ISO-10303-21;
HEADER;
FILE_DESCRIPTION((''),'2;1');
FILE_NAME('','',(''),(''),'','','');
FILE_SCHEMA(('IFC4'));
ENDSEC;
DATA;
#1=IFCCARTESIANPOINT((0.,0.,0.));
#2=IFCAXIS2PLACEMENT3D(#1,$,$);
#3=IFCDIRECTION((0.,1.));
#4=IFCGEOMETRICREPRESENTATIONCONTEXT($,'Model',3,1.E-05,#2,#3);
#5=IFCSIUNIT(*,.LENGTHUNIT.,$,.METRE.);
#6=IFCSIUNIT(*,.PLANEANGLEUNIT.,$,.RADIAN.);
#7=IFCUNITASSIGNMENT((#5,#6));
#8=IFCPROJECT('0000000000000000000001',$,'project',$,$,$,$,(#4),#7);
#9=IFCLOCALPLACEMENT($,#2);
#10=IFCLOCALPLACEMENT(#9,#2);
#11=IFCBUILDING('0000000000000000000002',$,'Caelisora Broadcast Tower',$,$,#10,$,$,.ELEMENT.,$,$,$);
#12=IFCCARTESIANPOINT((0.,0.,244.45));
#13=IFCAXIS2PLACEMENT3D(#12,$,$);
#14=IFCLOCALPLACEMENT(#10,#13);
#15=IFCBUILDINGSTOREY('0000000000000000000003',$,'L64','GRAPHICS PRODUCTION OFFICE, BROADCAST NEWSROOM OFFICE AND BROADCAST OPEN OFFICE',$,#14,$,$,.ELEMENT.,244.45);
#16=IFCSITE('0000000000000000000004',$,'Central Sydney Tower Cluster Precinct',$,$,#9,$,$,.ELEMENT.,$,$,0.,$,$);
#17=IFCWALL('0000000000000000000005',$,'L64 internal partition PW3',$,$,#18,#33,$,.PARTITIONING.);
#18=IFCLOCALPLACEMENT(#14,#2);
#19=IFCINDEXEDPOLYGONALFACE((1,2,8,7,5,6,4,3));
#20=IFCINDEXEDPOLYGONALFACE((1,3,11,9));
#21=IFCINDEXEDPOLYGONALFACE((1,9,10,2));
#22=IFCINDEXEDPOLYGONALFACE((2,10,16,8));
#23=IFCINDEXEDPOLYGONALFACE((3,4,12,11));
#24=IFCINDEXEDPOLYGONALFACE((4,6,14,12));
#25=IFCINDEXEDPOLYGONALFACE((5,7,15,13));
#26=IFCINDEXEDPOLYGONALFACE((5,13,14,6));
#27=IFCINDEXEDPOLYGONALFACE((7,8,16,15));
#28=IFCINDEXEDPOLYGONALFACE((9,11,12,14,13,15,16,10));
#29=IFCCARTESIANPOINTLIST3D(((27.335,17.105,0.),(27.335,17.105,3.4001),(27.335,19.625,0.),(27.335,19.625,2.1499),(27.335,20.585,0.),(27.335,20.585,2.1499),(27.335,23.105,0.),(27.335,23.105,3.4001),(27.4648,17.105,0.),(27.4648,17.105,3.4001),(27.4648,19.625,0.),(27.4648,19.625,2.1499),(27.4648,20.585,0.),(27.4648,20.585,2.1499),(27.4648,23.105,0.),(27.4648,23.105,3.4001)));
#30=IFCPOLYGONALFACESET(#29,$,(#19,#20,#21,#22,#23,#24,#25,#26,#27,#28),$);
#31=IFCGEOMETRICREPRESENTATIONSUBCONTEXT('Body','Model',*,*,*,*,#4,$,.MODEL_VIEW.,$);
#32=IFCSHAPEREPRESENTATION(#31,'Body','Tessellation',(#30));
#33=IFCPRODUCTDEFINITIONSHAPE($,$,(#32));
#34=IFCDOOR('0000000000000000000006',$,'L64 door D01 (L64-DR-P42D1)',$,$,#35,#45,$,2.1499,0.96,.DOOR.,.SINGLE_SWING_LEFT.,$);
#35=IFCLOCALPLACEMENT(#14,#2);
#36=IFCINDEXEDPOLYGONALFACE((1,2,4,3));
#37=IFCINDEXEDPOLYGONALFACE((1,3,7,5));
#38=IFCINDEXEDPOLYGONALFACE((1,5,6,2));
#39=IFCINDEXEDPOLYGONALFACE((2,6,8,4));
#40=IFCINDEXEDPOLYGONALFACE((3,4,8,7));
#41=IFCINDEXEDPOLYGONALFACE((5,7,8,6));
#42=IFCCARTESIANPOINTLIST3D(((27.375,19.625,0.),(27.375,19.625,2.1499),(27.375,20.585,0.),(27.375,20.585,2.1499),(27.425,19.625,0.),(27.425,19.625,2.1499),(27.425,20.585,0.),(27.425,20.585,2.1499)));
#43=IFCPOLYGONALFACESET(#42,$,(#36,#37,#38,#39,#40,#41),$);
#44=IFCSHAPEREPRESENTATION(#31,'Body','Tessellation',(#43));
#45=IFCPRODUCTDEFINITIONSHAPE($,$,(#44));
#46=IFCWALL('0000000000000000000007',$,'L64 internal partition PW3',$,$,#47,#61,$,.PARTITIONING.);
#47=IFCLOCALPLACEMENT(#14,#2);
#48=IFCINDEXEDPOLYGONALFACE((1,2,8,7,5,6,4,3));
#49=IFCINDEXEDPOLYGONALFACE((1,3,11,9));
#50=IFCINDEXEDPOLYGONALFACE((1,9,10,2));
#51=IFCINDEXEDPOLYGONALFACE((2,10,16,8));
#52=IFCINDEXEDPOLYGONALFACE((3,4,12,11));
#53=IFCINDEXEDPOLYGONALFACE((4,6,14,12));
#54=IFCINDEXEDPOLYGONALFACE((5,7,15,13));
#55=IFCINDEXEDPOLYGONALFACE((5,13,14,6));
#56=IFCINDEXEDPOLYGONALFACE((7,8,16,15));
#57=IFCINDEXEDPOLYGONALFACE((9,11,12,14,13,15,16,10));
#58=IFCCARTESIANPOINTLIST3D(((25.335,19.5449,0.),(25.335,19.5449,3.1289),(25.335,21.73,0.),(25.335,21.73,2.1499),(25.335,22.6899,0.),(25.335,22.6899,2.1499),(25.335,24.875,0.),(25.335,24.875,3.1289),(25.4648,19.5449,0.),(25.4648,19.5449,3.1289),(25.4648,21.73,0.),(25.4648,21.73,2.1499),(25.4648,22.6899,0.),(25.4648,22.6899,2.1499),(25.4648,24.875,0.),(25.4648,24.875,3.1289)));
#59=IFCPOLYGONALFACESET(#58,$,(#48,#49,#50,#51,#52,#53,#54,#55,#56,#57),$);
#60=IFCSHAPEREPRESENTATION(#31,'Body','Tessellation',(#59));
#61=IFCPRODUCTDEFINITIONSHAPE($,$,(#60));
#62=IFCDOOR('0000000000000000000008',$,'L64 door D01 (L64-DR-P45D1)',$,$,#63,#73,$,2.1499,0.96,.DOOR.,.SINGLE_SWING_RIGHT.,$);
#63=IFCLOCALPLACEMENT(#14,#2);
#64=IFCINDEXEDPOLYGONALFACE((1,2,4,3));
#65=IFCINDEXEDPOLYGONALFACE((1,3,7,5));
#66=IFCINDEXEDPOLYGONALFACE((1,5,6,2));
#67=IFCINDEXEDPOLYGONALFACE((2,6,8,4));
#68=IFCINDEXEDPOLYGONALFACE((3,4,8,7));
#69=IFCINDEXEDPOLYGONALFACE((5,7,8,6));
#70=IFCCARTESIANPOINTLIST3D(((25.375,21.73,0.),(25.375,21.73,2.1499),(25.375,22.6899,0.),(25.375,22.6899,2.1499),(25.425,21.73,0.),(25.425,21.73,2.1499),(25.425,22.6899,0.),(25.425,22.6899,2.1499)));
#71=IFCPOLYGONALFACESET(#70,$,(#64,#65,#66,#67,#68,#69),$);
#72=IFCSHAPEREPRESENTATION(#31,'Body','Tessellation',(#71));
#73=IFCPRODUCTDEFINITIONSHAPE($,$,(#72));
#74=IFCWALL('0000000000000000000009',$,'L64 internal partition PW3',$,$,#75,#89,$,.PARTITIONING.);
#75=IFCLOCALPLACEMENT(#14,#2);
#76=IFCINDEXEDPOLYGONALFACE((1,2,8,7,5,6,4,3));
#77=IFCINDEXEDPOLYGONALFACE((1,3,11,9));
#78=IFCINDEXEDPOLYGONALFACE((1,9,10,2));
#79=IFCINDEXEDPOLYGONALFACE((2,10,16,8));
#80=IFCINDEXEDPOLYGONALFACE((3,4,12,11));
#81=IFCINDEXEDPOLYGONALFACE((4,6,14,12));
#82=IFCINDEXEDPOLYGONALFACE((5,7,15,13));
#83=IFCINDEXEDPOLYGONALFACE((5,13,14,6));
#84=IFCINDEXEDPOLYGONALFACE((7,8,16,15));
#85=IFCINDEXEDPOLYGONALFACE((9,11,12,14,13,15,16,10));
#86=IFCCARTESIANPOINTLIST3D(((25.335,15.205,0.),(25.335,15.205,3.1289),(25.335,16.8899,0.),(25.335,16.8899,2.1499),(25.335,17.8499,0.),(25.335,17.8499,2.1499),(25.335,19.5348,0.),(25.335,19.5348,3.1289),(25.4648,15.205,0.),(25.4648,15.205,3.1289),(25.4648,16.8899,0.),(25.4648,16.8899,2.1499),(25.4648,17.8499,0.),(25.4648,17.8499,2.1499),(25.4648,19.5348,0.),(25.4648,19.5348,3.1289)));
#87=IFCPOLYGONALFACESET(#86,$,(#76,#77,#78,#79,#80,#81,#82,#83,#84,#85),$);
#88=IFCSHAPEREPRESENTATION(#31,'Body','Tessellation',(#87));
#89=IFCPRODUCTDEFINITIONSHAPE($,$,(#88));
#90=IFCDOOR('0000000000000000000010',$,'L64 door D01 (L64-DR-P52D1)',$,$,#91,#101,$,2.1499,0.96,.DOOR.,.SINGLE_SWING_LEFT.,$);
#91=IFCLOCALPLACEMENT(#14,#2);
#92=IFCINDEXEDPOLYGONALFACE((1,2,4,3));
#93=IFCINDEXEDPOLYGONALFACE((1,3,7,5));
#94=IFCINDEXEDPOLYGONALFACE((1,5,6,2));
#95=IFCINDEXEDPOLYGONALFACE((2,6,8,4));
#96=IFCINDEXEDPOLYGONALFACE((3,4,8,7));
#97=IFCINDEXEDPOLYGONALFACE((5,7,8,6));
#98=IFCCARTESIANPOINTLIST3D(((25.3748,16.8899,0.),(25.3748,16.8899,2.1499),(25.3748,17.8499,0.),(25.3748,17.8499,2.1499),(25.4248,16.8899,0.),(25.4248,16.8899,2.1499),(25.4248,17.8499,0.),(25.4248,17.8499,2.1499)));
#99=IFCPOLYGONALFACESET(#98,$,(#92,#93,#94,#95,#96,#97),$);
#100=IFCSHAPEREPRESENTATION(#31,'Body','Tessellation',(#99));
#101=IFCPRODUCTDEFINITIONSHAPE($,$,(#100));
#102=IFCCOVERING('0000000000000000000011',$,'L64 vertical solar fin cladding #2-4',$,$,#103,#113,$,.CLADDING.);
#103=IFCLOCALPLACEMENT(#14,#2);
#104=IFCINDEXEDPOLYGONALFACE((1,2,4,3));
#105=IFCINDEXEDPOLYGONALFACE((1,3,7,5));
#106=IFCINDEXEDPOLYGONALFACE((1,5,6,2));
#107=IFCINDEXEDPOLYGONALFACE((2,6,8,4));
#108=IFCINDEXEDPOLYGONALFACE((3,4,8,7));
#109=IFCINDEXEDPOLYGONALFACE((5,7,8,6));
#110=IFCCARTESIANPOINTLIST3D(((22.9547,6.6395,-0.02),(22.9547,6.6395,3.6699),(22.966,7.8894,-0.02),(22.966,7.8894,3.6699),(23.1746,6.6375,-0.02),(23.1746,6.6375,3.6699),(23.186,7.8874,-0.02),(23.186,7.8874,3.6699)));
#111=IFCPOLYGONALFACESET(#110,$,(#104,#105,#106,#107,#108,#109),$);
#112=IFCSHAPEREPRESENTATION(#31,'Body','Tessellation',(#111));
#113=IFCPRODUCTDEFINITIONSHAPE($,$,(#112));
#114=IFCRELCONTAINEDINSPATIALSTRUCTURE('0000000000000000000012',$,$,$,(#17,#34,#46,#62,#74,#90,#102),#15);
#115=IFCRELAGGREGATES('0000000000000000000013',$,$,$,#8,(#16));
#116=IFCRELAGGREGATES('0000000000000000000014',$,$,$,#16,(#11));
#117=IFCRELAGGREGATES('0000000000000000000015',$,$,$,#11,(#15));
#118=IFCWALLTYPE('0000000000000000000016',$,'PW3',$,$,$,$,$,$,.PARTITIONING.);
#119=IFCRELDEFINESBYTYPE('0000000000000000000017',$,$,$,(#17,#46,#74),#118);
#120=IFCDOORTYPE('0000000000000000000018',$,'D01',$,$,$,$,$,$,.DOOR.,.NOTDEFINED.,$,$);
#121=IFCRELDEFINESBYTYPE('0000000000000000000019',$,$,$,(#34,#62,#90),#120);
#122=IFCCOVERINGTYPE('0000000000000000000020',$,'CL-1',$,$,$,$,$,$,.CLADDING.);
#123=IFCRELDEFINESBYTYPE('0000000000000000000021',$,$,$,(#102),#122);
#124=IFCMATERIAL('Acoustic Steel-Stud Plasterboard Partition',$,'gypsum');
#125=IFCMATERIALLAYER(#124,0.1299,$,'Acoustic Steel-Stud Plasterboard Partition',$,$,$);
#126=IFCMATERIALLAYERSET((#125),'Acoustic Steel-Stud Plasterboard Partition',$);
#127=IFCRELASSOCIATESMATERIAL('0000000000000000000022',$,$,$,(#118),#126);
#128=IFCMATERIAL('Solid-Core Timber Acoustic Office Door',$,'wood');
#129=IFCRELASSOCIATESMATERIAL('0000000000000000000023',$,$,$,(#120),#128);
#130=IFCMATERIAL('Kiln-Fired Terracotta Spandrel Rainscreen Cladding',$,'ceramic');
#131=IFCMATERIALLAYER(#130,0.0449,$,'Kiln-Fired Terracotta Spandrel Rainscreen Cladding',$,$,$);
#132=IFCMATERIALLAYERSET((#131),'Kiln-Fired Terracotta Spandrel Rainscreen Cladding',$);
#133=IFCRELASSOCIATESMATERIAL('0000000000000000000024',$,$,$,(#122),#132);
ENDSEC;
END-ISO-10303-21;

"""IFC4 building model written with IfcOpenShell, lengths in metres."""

from ifc_helpers import new_model, si_unit, direction, frame, frame_2d, origin, origin_2d, place, context, subcontext, project, spatial, rectangle, extrude, source, transform, mapped, material, layer, layer_set, type_object, type_shapes, element, fill, save


model = new_model("IFC4")

# Units and contexts
model_context = context("Model", 3, precision=1e-05, world=origin(), true_north=direction((0.0, 1.0)))
body_context = subcontext(model_context, "Body", "Model", "MODEL_VIEW")
ifc_project = project(units=[si_unit("LENGTHUNIT", "METRE"), si_unit("PLANEANGLEUNIT", "RADIAN")], contexts=[model_context])

# Site, building, storey
site_placement = place(None, origin())
site = spatial("IfcSite", under=ifc_project, at=site_placement, Name="Central Sydney Tower Cluster Precinct", CompositionType="ELEMENT", RefElevation=0.0)
building_placement = place(site_placement, origin())
building = spatial("IfcBuilding", under=site, at=building_placement, Name="Caelisora Broadcast Tower", CompositionType="ELEMENT")
storey_placement = place(building_placement, frame((0.0, 0.0, 244.45)))
storey = spatial("IfcBuildingStorey", under=building, at=storey_placement, Name="L64", Description="GRAPHICS PRODUCTION OFFICE, BROADCAST NEWSROOM OFFICE AND BROADCAST OPEN OFFICE", CompositionType="ELEMENT", Elevation=244.45)

# Shared definitions
ifc_material_1 = material(Name="Acoustic Steel-Stud Plasterboard Partition", Category="gypsum")
ifc_layer_1 = layer(ifc_material_1, 0.1299, Name="Acoustic Steel-Stud Plasterboard Partition")
ifc_layer_set_1 = layer_set([ifc_layer_1], Name="Acoustic Steel-Stud Plasterboard Partition")
wall_type = type_object("IfcWallType", Name="PW3", PredefinedType="PARTITIONING", material=ifc_layer_set_1)

# Walls, openings, doors
ifc_material_2 = material(Name="Solid-Core Timber Acoustic Office Door", Category="wood")
door_type = type_object("IfcDoorType", Name="D01", OperationType="NOTDEFINED", PredefinedType="DOOR", material=ifc_material_2)
wall_1_placement = place(storey_placement, frame((27.3999, 17.105, 0.0), z_axis=(0.0, 0.0, 1.0), x_axis=(0.0, 1.0, 0.0)))
wall_1 = element("IfcWall", 1, at=wall_1_placement, inside=storey, type_object=wall_type, Name="L64 internal partition PW3", PredefinedType="PARTITIONING", context=body_context, shape_type="SweptSolid", body=[
    extrude(rectangle(XDim=6.0, YDim=0.1299, at=frame_2d((3.0, 0.0))), origin(), (0.0, 0.0, 1.0), 3.4001),
])
opening_1_placement = place(wall_1_placement, frame((2.52, 0.0, 0.0)))
opening_1 = element("IfcOpeningElement", 2, at=opening_1_placement, cuts=wall_1, PredefinedType="OPENING", context=body_context, shape_type="SweptSolid", body=[
    extrude(rectangle(XDim=0.96, YDim=2.1499, at=frame_2d((0.48, 1.075))), frame((0.0, 0.0769, 0.0), z_axis=(0.0, -1.0, 0.0), x_axis=(1.0, 0.0, 0.0)), (0.0, 0.0, 1.0), 0.1538),
])
door_1_placement = place(opening_1_placement, origin())
door_1 = element("IfcDoor", 3, at=door_1_placement, inside=storey, type_object=door_type, Name="L64 door D01 (L64-DR-P42D1)", OperationType="SINGLE_SWING_LEFT", OverallHeight=2.1499, OverallWidth=0.96, PredefinedType="DOOR", context=body_context, shape_type="SweptSolid", body=[
    extrude(rectangle(XDim=0.96, YDim=2.1499, at=frame_2d((0.48, 1.075))), frame((0.0, 0.0249, 0.0), z_axis=(0.0, -1.0, 0.0), x_axis=(1.0, 0.0, 0.0)), (0.0, 0.0, 1.0), 0.05),
])
fill(opening_1, door_1)
wall_2_placement = place(storey_placement, frame((25.3999, 19.5449, 0.0), z_axis=(0.0, 0.0, 1.0), x_axis=(0.0, 1.0, 0.0)))
wall_2 = element("IfcWall", 4, at=wall_2_placement, inside=storey, type_object=wall_type, Name="L64 internal partition PW3", PredefinedType="PARTITIONING", context=body_context, shape_type="SweptSolid", body=[
    extrude(rectangle(XDim=5.3301, YDim=0.1299, at=frame_2d((2.665, 0.0))), origin(), (0.0, 0.0, 1.0), 3.1289),
])
opening_2_placement = place(wall_2_placement, frame((2.1851, 0.0, 0.0)))
opening_2 = element("IfcOpeningElement", 5, at=opening_2_placement, cuts=wall_2, PredefinedType="OPENING", context=body_context, shape_type="SweptSolid", body=[
    extrude(rectangle(XDim=0.96, YDim=2.1499, at=frame_2d((0.48, 1.075))), frame((0.0, 0.0769, 0.0), z_axis=(0.0, -1.0, 0.0), x_axis=(1.0, 0.0, 0.0)), (0.0, 0.0, 1.0), 0.1538),
])
door_2_placement = place(opening_2_placement, origin())
door_2 = element("IfcDoor", 6, at=door_2_placement, inside=storey, type_object=door_type, Name="L64 door D01 (L64-DR-P45D1)", OperationType="SINGLE_SWING_RIGHT", OverallHeight=2.1499, OverallWidth=0.96, PredefinedType="DOOR", context=body_context, shape_type="SweptSolid", body=[
    extrude(rectangle(XDim=0.96, YDim=2.1499, at=frame_2d((0.48, 1.075))), frame((0.0, 0.0249, 0.0), z_axis=(0.0, -1.0, 0.0), x_axis=(1.0, 0.0, 0.0)), (0.0, 0.0, 1.0), 0.05),
])
fill(opening_2, door_2)
wall_3_placement = place(storey_placement, frame((25.3999, 19.5349, 0.0), z_axis=(0.0, 0.0, 1.0), x_axis=(0.0, -1.0, 0.0)))
wall_3 = element("IfcWall", 7, at=wall_3_placement, inside=storey, type_object=wall_type, Name="L64 internal partition PW3", PredefinedType="PARTITIONING", context=body_context, shape_type="SweptSolid", body=[
    extrude(rectangle(XDim=4.3298, YDim=0.1299, at=frame_2d((2.165, 0.0))), origin(), (0.0, 0.0, 1.0), 3.1289),
])
opening_3_placement = place(wall_3_placement, frame((1.6851, 0.0, 0.0)))
opening_3 = element("IfcOpeningElement", 8, at=opening_3_placement, cuts=wall_3, PredefinedType="OPENING", context=body_context, shape_type="SweptSolid", body=[
    extrude(rectangle(XDim=0.96, YDim=2.1499, at=frame_2d((0.48, 1.075))), frame((0.0, 0.0769, 0.0), z_axis=(0.0, -1.0, 0.0), x_axis=(1.0, 0.0, 0.0)), (0.0, 0.0, 1.0), 0.1538),
])
door_3_placement = place(opening_3_placement, origin())
door_3 = element("IfcDoor", 9, at=door_3_placement, inside=storey, type_object=door_type, Name="L64 door D01 (L64-DR-P52D1)", OperationType="SINGLE_SWING_LEFT", OverallHeight=2.1499, OverallWidth=0.96, PredefinedType="DOOR", context=body_context, shape_type="SweptSolid", body=[
    extrude(rectangle(XDim=0.96, YDim=2.1499, at=frame_2d((0.48, 1.075))), frame((0.0, 0.0249, 0.0), z_axis=(0.0, -1.0, 0.0), x_axis=(1.0, 0.0, 0.0)), (0.0, 0.0, 1.0), 0.05),
])
fill(opening_3, door_3)

# Covering
ifc_material_3 = material(Name="Kiln-Fired Terracotta Spandrel Rainscreen Cladding", Category="ceramic")
ifc_layer_2 = layer(ifc_material_3, 0.0449, Name="Kiln-Fired Terracotta Spandrel Rainscreen Cladding")
ifc_layer_set_2 = layer_set([ifc_layer_2], Name="Kiln-Fired Terracotta Spandrel Rainscreen Cladding")
covering_type = type_object("IfcCoveringType", Name="CL-1", PredefinedType="CLADDING", material=ifc_layer_set_2)
shared_shape_1 = source(origin(), body_context, "Body", "SweptSolid", [
    extrude(rectangle(XDim=0.22, YDim=1.25, at=origin_2d()), origin(), (0.0, 0.0, 1.0), 3.6899),
])
type_shapes(covering_type, [shared_shape_1])
covering_placement = place(storey_placement, frame((23.0703, 7.2634, -0.02), z_axis=(0.0, 0.0, 1.0), x_axis=(-0.999959, 0.009076, 0.0)))
element("IfcCovering", 10, at=covering_placement, inside=storey, type_object=covering_type, Name="L64 vertical solar fin cladding #2-4", PredefinedType="CLADDING", context=body_context, shape_type="MappedRepresentation", body=[
    mapped(shared_shape_1, transform((0.0, 0.0, 0.0), scale=1.0)),
])

save(model, "model.ifc")
